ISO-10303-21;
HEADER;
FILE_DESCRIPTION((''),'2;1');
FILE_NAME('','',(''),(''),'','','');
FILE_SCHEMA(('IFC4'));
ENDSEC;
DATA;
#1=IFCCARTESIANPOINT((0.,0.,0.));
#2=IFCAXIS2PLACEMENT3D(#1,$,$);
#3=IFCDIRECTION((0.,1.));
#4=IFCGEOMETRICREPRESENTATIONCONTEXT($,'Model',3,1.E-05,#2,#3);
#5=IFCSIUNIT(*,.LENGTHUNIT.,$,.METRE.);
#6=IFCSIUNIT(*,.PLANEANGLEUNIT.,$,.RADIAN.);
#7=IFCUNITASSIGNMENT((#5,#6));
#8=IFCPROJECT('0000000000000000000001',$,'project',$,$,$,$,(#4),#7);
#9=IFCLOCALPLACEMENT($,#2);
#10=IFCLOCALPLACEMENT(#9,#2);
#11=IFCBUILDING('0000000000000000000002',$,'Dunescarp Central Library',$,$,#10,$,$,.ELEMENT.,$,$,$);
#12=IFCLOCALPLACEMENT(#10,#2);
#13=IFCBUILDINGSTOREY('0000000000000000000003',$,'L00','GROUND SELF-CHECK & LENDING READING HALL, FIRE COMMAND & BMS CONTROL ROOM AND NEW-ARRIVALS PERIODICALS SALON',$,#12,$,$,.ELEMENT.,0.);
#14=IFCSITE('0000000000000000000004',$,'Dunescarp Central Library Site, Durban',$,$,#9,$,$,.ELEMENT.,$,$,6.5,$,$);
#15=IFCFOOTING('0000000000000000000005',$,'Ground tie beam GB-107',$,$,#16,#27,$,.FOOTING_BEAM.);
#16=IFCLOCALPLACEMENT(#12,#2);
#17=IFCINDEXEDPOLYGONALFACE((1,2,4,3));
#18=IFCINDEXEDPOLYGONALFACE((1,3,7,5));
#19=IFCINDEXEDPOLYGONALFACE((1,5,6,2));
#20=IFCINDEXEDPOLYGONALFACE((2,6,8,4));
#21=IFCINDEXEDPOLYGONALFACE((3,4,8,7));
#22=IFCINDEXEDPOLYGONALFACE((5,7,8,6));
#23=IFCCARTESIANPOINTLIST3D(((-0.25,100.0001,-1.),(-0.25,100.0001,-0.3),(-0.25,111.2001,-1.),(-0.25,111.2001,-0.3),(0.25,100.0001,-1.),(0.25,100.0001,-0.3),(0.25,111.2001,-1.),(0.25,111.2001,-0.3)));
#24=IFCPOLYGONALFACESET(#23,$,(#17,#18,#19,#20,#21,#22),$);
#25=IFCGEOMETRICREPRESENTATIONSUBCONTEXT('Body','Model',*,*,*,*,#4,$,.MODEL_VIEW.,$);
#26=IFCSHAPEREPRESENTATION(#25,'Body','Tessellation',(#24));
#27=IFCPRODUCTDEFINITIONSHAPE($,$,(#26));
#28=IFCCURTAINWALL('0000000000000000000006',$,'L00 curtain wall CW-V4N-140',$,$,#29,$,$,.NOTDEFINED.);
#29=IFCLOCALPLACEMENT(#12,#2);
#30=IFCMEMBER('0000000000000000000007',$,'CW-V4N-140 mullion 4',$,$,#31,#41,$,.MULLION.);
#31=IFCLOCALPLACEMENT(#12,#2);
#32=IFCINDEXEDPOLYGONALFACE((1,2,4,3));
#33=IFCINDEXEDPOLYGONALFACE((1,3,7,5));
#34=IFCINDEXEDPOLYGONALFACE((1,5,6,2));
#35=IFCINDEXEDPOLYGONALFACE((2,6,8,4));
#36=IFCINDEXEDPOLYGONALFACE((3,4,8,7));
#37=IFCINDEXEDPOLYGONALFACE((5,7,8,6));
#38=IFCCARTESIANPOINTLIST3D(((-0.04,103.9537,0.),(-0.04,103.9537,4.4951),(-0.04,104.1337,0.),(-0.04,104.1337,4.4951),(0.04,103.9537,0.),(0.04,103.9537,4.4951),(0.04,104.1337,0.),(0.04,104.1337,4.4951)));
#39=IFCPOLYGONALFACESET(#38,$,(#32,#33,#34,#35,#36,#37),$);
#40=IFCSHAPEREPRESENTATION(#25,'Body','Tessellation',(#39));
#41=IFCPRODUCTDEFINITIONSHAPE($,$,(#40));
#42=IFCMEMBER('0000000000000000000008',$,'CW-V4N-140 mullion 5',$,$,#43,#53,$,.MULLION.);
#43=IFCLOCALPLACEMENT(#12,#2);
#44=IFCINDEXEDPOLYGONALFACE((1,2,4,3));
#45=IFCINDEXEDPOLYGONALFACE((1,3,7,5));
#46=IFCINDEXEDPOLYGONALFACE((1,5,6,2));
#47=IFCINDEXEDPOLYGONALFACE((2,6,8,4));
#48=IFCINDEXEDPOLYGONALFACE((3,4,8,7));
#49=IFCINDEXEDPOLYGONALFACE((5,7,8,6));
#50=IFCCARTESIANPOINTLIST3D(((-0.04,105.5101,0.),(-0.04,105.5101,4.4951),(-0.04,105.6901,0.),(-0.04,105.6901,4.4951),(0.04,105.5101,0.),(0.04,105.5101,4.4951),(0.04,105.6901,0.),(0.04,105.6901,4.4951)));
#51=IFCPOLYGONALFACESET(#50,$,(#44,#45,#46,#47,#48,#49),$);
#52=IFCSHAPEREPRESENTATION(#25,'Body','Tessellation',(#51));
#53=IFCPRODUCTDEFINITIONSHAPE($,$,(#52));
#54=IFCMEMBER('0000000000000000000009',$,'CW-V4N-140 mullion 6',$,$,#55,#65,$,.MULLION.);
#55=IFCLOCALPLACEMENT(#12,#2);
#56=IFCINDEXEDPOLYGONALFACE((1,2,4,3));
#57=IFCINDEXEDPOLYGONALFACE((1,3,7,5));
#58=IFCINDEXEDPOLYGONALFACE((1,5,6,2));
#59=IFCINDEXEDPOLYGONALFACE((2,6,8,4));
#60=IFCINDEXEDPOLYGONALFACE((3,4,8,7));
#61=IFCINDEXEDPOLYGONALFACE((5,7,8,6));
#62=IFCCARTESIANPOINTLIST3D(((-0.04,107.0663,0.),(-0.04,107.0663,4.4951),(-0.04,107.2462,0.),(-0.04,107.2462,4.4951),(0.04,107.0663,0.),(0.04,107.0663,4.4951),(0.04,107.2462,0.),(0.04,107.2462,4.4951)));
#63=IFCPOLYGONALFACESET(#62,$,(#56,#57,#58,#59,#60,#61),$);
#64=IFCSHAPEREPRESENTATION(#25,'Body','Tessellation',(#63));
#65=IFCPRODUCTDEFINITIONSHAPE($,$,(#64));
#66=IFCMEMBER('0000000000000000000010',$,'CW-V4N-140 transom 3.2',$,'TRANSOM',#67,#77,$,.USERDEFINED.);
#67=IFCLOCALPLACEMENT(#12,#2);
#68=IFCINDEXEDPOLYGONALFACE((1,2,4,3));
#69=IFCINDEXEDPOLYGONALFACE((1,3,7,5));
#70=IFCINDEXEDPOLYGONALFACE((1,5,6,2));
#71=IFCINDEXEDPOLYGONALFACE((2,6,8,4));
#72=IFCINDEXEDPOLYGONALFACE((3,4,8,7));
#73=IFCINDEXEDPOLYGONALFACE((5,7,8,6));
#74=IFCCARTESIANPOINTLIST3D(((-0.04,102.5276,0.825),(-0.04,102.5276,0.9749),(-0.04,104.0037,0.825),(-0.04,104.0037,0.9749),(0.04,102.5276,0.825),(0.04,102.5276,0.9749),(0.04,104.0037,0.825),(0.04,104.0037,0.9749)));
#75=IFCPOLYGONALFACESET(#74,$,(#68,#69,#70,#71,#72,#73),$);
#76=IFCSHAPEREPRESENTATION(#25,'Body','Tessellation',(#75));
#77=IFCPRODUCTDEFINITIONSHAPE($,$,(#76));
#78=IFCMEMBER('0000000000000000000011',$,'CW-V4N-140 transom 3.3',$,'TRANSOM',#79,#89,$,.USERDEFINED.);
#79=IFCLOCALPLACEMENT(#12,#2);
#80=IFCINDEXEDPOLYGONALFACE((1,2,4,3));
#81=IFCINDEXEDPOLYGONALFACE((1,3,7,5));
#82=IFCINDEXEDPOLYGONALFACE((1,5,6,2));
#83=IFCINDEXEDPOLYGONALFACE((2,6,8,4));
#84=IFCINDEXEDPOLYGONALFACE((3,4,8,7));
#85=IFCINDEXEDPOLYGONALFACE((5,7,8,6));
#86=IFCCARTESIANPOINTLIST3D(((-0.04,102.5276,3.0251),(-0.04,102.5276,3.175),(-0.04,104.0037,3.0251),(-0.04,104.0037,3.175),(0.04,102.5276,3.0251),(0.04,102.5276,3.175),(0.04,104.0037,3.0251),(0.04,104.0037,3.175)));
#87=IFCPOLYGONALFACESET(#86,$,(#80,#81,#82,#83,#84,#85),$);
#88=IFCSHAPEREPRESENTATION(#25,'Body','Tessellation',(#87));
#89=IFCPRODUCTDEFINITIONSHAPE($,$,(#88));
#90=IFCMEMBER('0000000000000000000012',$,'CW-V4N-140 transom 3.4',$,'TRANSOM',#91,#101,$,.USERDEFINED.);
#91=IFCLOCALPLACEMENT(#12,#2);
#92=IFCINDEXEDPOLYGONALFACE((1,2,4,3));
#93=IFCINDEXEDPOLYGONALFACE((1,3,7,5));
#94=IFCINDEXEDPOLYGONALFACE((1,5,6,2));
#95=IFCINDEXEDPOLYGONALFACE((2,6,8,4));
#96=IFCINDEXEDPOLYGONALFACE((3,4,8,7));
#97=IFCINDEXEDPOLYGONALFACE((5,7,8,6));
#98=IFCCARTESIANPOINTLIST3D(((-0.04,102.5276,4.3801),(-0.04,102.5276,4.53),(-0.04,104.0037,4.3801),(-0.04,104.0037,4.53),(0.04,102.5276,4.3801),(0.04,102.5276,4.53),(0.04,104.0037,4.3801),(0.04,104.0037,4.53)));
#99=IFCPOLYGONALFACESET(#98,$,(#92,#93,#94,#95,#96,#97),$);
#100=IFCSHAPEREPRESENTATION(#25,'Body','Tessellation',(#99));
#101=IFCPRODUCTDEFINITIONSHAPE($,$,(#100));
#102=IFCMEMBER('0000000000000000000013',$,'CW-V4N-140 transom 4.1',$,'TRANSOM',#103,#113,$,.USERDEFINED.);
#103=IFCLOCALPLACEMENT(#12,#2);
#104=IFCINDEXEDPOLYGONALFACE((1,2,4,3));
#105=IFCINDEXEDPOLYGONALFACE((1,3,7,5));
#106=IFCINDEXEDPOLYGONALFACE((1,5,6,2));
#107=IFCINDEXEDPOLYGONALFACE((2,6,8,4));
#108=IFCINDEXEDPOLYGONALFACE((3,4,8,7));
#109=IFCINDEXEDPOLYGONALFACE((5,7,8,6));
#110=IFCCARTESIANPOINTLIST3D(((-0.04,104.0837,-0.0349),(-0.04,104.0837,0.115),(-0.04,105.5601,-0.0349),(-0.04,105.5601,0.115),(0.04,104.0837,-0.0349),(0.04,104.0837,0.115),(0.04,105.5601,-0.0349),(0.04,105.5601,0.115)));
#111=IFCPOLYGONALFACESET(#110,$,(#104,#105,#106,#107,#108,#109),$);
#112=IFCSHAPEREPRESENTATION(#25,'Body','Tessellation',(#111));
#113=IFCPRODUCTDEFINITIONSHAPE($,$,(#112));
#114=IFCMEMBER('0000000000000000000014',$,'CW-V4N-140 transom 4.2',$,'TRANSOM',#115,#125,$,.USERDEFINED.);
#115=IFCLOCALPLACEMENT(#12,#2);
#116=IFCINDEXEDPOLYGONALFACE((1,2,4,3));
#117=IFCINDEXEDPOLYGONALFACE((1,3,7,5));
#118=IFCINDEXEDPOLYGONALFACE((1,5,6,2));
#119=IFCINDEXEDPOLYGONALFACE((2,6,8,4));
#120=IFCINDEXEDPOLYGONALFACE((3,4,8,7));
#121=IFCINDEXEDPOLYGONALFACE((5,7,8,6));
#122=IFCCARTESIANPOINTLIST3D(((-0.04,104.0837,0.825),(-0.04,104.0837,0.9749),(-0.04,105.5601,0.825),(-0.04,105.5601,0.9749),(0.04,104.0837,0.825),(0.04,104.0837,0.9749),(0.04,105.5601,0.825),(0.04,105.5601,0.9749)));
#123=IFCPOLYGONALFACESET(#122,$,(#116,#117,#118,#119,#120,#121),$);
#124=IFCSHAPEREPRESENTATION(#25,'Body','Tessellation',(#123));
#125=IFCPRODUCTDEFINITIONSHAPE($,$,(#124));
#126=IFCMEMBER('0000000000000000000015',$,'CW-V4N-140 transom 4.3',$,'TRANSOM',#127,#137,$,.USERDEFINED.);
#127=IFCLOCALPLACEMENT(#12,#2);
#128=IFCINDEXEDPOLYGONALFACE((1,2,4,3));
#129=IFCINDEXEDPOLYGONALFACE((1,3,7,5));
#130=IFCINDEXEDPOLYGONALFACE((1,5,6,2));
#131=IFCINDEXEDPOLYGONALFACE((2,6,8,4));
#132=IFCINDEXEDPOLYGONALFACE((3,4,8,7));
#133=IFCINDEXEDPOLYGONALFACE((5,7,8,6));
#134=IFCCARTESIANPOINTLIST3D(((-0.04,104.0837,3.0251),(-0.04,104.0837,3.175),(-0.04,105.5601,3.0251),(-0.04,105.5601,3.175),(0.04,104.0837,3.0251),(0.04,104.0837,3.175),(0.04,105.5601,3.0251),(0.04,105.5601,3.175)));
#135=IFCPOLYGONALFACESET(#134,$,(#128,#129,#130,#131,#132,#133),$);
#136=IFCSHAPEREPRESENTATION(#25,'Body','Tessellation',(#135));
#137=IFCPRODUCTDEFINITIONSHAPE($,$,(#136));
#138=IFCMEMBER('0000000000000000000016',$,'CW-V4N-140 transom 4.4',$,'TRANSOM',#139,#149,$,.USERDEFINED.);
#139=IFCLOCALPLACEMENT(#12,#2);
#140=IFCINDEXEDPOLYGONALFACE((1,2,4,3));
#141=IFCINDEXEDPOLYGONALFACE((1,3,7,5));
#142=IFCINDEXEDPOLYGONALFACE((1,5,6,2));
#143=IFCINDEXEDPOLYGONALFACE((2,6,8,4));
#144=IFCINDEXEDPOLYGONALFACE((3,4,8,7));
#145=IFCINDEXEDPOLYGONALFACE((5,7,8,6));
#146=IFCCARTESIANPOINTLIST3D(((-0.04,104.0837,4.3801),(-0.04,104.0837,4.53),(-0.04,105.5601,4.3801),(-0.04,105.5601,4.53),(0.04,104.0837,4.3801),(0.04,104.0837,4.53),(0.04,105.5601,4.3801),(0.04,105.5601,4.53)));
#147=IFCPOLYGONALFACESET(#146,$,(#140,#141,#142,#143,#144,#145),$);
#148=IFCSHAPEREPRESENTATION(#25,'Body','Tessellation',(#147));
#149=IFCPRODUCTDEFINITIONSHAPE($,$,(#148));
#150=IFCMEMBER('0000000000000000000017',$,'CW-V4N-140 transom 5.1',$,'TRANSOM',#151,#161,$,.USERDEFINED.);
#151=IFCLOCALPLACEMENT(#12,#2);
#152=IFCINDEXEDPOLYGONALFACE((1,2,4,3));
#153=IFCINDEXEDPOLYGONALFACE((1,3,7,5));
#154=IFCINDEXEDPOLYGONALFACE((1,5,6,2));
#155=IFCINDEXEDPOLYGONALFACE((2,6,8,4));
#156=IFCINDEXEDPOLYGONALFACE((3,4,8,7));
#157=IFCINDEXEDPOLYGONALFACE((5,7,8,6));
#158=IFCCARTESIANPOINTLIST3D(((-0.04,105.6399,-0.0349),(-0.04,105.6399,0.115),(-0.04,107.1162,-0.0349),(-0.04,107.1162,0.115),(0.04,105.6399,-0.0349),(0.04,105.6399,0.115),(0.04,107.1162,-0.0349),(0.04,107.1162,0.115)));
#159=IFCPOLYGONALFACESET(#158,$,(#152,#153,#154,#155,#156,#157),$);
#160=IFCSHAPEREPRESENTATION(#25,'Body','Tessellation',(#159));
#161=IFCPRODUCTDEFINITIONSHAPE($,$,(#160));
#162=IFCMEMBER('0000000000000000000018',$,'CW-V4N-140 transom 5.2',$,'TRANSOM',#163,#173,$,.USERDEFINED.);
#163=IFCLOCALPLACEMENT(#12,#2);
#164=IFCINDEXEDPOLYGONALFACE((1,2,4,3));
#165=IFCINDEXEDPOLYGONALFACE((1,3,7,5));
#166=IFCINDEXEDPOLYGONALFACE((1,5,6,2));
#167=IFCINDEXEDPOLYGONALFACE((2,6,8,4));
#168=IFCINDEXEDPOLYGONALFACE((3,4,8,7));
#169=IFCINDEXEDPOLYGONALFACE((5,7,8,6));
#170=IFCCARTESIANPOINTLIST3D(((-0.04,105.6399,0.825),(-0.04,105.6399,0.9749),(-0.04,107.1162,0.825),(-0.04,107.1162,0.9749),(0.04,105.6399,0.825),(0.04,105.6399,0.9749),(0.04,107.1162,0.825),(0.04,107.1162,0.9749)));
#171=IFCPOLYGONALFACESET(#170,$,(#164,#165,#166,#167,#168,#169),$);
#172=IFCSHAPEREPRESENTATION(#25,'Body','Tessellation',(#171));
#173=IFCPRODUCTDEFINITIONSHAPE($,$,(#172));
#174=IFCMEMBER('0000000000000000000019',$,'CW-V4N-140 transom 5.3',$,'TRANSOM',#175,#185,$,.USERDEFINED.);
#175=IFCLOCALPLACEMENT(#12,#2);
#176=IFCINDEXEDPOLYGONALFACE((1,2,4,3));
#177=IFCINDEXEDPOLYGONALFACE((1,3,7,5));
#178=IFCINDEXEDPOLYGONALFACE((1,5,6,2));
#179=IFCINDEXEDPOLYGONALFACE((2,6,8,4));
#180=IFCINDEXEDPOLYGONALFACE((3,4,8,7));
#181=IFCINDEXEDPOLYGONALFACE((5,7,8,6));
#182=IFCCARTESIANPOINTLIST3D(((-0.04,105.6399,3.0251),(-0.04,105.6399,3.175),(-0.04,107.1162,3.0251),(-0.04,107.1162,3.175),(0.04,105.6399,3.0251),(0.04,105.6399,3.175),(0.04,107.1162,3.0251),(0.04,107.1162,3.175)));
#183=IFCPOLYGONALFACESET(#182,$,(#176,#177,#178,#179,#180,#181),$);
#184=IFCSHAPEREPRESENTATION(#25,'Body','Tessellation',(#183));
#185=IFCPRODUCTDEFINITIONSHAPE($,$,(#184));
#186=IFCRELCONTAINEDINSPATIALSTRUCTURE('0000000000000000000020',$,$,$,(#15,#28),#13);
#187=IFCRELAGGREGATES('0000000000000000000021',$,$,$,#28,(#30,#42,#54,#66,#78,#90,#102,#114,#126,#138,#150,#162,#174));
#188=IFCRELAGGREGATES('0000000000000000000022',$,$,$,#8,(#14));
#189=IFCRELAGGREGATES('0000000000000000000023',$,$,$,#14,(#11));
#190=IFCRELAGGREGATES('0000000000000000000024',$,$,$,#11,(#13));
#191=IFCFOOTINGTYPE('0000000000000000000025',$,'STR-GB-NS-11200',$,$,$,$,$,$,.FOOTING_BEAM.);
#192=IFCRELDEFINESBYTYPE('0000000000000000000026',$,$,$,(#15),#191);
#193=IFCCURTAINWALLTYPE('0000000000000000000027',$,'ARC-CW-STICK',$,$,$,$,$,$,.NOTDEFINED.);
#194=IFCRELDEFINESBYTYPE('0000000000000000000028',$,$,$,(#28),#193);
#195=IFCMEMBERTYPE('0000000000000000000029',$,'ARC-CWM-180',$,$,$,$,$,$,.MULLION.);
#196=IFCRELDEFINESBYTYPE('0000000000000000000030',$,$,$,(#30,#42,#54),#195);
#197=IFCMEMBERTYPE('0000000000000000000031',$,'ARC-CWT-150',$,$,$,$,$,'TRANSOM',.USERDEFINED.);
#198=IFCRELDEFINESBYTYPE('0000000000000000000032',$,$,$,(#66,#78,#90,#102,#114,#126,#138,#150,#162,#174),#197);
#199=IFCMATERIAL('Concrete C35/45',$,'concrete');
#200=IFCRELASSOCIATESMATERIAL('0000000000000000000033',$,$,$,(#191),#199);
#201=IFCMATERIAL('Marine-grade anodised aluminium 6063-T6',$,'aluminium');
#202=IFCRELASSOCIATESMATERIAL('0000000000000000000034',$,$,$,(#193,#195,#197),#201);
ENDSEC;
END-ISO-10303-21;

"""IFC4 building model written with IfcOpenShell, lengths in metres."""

from ifc_helpers import new_model, si_unit, direction, frame, origin, origin_2d, place, context, subcontext, project, spatial, rectangle, extrude, material, material_profile, profile_set, type_object, element, aggregate, save


model = new_model("IFC4")

# Units and contexts
model_context = context("Model", 3, precision=1e-05, world=origin(), true_north=direction((0.0, 1.0)))
body_context = subcontext(model_context, "Body", "Model", "MODEL_VIEW")
ifc_project = project(units=[si_unit("LENGTHUNIT", "METRE"), si_unit("PLANEANGLEUNIT", "RADIAN")], contexts=[model_context])

# Site, building, storey
site_placement = place(None, origin())
site = spatial("IfcSite", under=ifc_project, at=site_placement, Name="Dunescarp Central Library Site, Durban", CompositionType="ELEMENT", RefElevation=6.5)
building_placement = place(site_placement, origin())
building = spatial("IfcBuilding", under=site, at=building_placement, Name="Dunescarp Central Library", CompositionType="ELEMENT")
storey_placement = place(building_placement, origin())
storey = spatial("IfcBuildingStorey", under=building, at=storey_placement, Name="L00", Description="GROUND SELF-CHECK & LENDING READING HALL, FIRE COMMAND & BMS CONTROL ROOM AND NEW-ARRIVALS PERIODICALS SALON", CompositionType="ELEMENT", Elevation=0.0)

# Footing
ifc_material_1 = material(Name="Concrete C35/45", Category="concrete")
footing_type = type_object("IfcFootingType", Name="STR-GB-NS-11200", PredefinedType="FOOTING_BEAM", material=ifc_material_1)
footing_placement = place(storey_placement, frame((0.0, 105.6001, -1.0), z_axis=(0.0, 0.0, 1.0), x_axis=(0.0, 1.0, 0.0)))
element("IfcFooting", 1, at=footing_placement, inside=storey, type_object=footing_type, Name="Ground tie beam GB-107", PredefinedType="FOOTING_BEAM", context=body_context, shape_type="SweptSolid", body=[
    extrude(rectangle(XDim=11.2, YDim=0.5, at=origin_2d()), origin(), (0.0, 0.0, 1.0), 0.7),
])

# Curtain wall, members
ifc_material_2 = material(Name="Marine-grade anodised aluminium 6063-T6", Category="aluminium")
curtain_wall_type = type_object("IfcCurtainWallType", Name="ARC-CW-STICK", PredefinedType="NOTDEFINED", material=ifc_material_2)
curtain_wall_placement = place(storey_placement, origin())
curtain_wall = element("IfcCurtainWall", 2, at=curtain_wall_placement, inside=storey, type_object=curtain_wall_type, Name="L00 curtain wall CW-V4N-140", PredefinedType="NOTDEFINED")
ifc_material_profile_1 = material_profile(ifc_material_2, rectangle(XDim=0.0801, YDim=0.1799, at=origin_2d()), Name="AL 80x180")
ifc_profile_set_1 = profile_set([ifc_material_profile_1], Name="Marine-grade anodised aluminium 6063-T6")
member_type_1 = type_object("IfcMemberType", Name="ARC-CWM-180", PredefinedType="MULLION", material=ifc_profile_set_1)
member_1_placement = place(storey_placement, frame((0.0, 104.0437, 0.0), z_axis=(0.0, 0.0, 1.0), x_axis=(-1.0, 0.0, 0.0)))
member_1 = element("IfcMember", 3, at=member_1_placement, type_object=member_type_1, Name="CW-V4N-140 mullion 4", PredefinedType="MULLION", context=body_context, shape_type="SweptSolid", body=[
    extrude(rectangle(XDim=0.0801, YDim=0.1799, at=origin_2d()), origin(), (0.0, 0.0, 1.0), 4.4951),
])
member_2_placement = place(storey_placement, frame((0.0, 105.6001, 0.0), z_axis=(0.0, 0.0, 1.0), x_axis=(-1.0, 0.0, 0.0)))
member_2 = element("IfcMember", 4, at=member_2_placement, type_object=member_type_1, Name="CW-V4N-140 mullion 5", PredefinedType="MULLION", context=body_context, shape_type="SweptSolid", body=[
    extrude(rectangle(XDim=0.0801, YDim=0.1799, at=origin_2d()), origin(), (0.0, 0.0, 1.0), 4.4951),
])
member_3_placement = place(storey_placement, frame((0.0, 107.1562, 0.0), z_axis=(0.0, 0.0, 1.0), x_axis=(-1.0, 0.0, 0.0)))
member_3 = element("IfcMember", 5, at=member_3_placement, type_object=member_type_1, Name="CW-V4N-140 mullion 6", PredefinedType="MULLION", context=body_context, shape_type="SweptSolid", body=[
    extrude(rectangle(XDim=0.0801, YDim=0.1799, at=origin_2d()), origin(), (0.0, 0.0, 1.0), 4.4951),
])
ifc_material_profile_2 = material_profile(ifc_material_2, rectangle(XDim=0.0801, YDim=0.1499, at=origin_2d()), Name="AL 80x150")
ifc_profile_set_2 = profile_set([ifc_material_profile_2], Name="Marine-grade anodised aluminium 6063-T6")
member_type_2 = type_object("IfcMemberType", Name="ARC-CWT-150", ElementType="TRANSOM", PredefinedType="USERDEFINED", material=ifc_profile_set_2)
member_4_placement = place(storey_placement, frame((0.0, 102.5276, 0.8999), z_axis=(0.0, 1.0, 0.0), x_axis=(-1.0, 0.0, 0.0)))
member_4 = element("IfcMember", 6, at=member_4_placement, type_object=member_type_2, Name="CW-V4N-140 transom 3.2", ObjectType="TRANSOM", PredefinedType="USERDEFINED", context=body_context, shape_type="SweptSolid", body=[
    extrude(rectangle(XDim=0.0801, YDim=0.1499, at=origin_2d()), origin(), (0.0, 0.0, 1.0), 1.4761),
])
member_5_placement = place(storey_placement, frame((0.0, 102.5276, 3.1001), z_axis=(0.0, 1.0, 0.0), x_axis=(-1.0, 0.0, 0.0)))
member_5 = element("IfcMember", 7, at=member_5_placement, type_object=member_type_2, Name="CW-V4N-140 transom 3.3", ObjectType="TRANSOM", PredefinedType="USERDEFINED", context=body_context, shape_type="SweptSolid", body=[
    extrude(rectangle(XDim=0.0801, YDim=0.1499, at=origin_2d()), origin(), (0.0, 0.0, 1.0), 1.4761),
])
member_6_placement = place(storey_placement, frame((0.0, 102.5276, 4.4551), z_axis=(0.0, 1.0, 0.0), x_axis=(-1.0, 0.0, 0.0)))
member_6 = element("IfcMember", 8, at=member_6_placement, type_object=member_type_2, Name="CW-V4N-140 transom 3.4", ObjectType="TRANSOM", PredefinedType="USERDEFINED", context=body_context, shape_type="SweptSolid", body=[
    extrude(rectangle(XDim=0.0801, YDim=0.1499, at=origin_2d()), origin(), (0.0, 0.0, 1.0), 1.4761),
])
member_7_placement = place(storey_placement, frame((0.0, 104.0837, 0.04), z_axis=(0.0, 1.0, 0.0), x_axis=(-1.0, 0.0, 0.0)))
member_7 = element("IfcMember", 9, at=member_7_placement, type_object=member_type_2, Name="CW-V4N-140 transom 4.1", ObjectType="TRANSOM", PredefinedType="USERDEFINED", context=body_context, shape_type="SweptSolid", body=[
    extrude(rectangle(XDim=0.0801, YDim=0.1499, at=origin_2d()), origin(), (0.0, 0.0, 1.0), 1.4763),
])
member_8_placement = place(storey_placement, frame((0.0, 104.0837, 0.8999), z_axis=(0.0, 1.0, 0.0), x_axis=(-1.0, 0.0, 0.0)))
member_8 = element("IfcMember", 10, at=member_8_placement, type_object=member_type_2, Name="CW-V4N-140 transom 4.2", ObjectType="TRANSOM", PredefinedType="USERDEFINED", context=body_context, shape_type="SweptSolid", body=[
    extrude(rectangle(XDim=0.0801, YDim=0.1499, at=origin_2d()), origin(), (0.0, 0.0, 1.0), 1.4763),
])
member_9_placement = place(storey_placement, frame((0.0, 104.0837, 3.1001), z_axis=(0.0, 1.0, 0.0), x_axis=(-1.0, 0.0, 0.0)))
member_9 = element("IfcMember", 11, at=member_9_placement, type_object=member_type_2, Name="CW-V4N-140 transom 4.3", ObjectType="TRANSOM", PredefinedType="USERDEFINED", context=body_context, shape_type="SweptSolid", body=[
    extrude(rectangle(XDim=0.0801, YDim=0.1499, at=origin_2d()), origin(), (0.0, 0.0, 1.0), 1.4763),
])
member_10_placement = place(storey_placement, frame((0.0, 104.0837, 4.4551), z_axis=(0.0, 1.0, 0.0), x_axis=(-1.0, 0.0, 0.0)))
member_10 = element("IfcMember", 12, at=member_10_placement, type_object=member_type_2, Name="CW-V4N-140 transom 4.4", ObjectType="TRANSOM", PredefinedType="USERDEFINED", context=body_context, shape_type="SweptSolid", body=[
    extrude(rectangle(XDim=0.0801, YDim=0.1499, at=origin_2d()), origin(), (0.0, 0.0, 1.0), 1.4763),
])
member_11_placement = place(storey_placement, frame((0.0, 105.6399, 0.04), z_axis=(0.0, 1.0, 0.0), x_axis=(-1.0, 0.0, 0.0)))
member_11 = element("IfcMember", 13, at=member_11_placement, type_object=member_type_2, Name="CW-V4N-140 transom 5.1", ObjectType="TRANSOM", PredefinedType="USERDEFINED", context=body_context, shape_type="SweptSolid", body=[
    extrude(rectangle(XDim=0.0801, YDim=0.1499, at=origin_2d()), origin(), (0.0, 0.0, 1.0), 1.4763),
])
member_12_placement = place(storey_placement, frame((0.0, 105.6399, 0.8999), z_axis=(0.0, 1.0, 0.0), x_axis=(-1.0, 0.0, 0.0)))
member_12 = element("IfcMember", 14, at=member_12_placement, type_object=member_type_2, Name="CW-V4N-140 transom 5.2", ObjectType="TRANSOM", PredefinedType="USERDEFINED", context=body_context, shape_type="SweptSolid", body=[
    extrude(rectangle(XDim=0.0801, YDim=0.1499, at=origin_2d()), origin(), (0.0, 0.0, 1.0), 1.4763),
])
member_13_placement = place(storey_placement, frame((0.0, 105.6399, 3.1001), z_axis=(0.0, 1.0, 0.0), x_axis=(-1.0, 0.0, 0.0)))
member_13 = element("IfcMember", 15, at=member_13_placement, type_object=member_type_2, Name="CW-V4N-140 transom 5.3", ObjectType="TRANSOM", PredefinedType="USERDEFINED", context=body_context, shape_type="SweptSolid", body=[
    extrude(rectangle(XDim=0.0801, YDim=0.1499, at=origin_2d()), origin(), (0.0, 0.0, 1.0), 1.4763),
])
aggregate(curtain_wall, [member_1, member_2, member_3, member_4, member_5, member_6, member_7, member_8, member_9, member_10, member_11, member_12, member_13])

save(model, "model.ifc")
